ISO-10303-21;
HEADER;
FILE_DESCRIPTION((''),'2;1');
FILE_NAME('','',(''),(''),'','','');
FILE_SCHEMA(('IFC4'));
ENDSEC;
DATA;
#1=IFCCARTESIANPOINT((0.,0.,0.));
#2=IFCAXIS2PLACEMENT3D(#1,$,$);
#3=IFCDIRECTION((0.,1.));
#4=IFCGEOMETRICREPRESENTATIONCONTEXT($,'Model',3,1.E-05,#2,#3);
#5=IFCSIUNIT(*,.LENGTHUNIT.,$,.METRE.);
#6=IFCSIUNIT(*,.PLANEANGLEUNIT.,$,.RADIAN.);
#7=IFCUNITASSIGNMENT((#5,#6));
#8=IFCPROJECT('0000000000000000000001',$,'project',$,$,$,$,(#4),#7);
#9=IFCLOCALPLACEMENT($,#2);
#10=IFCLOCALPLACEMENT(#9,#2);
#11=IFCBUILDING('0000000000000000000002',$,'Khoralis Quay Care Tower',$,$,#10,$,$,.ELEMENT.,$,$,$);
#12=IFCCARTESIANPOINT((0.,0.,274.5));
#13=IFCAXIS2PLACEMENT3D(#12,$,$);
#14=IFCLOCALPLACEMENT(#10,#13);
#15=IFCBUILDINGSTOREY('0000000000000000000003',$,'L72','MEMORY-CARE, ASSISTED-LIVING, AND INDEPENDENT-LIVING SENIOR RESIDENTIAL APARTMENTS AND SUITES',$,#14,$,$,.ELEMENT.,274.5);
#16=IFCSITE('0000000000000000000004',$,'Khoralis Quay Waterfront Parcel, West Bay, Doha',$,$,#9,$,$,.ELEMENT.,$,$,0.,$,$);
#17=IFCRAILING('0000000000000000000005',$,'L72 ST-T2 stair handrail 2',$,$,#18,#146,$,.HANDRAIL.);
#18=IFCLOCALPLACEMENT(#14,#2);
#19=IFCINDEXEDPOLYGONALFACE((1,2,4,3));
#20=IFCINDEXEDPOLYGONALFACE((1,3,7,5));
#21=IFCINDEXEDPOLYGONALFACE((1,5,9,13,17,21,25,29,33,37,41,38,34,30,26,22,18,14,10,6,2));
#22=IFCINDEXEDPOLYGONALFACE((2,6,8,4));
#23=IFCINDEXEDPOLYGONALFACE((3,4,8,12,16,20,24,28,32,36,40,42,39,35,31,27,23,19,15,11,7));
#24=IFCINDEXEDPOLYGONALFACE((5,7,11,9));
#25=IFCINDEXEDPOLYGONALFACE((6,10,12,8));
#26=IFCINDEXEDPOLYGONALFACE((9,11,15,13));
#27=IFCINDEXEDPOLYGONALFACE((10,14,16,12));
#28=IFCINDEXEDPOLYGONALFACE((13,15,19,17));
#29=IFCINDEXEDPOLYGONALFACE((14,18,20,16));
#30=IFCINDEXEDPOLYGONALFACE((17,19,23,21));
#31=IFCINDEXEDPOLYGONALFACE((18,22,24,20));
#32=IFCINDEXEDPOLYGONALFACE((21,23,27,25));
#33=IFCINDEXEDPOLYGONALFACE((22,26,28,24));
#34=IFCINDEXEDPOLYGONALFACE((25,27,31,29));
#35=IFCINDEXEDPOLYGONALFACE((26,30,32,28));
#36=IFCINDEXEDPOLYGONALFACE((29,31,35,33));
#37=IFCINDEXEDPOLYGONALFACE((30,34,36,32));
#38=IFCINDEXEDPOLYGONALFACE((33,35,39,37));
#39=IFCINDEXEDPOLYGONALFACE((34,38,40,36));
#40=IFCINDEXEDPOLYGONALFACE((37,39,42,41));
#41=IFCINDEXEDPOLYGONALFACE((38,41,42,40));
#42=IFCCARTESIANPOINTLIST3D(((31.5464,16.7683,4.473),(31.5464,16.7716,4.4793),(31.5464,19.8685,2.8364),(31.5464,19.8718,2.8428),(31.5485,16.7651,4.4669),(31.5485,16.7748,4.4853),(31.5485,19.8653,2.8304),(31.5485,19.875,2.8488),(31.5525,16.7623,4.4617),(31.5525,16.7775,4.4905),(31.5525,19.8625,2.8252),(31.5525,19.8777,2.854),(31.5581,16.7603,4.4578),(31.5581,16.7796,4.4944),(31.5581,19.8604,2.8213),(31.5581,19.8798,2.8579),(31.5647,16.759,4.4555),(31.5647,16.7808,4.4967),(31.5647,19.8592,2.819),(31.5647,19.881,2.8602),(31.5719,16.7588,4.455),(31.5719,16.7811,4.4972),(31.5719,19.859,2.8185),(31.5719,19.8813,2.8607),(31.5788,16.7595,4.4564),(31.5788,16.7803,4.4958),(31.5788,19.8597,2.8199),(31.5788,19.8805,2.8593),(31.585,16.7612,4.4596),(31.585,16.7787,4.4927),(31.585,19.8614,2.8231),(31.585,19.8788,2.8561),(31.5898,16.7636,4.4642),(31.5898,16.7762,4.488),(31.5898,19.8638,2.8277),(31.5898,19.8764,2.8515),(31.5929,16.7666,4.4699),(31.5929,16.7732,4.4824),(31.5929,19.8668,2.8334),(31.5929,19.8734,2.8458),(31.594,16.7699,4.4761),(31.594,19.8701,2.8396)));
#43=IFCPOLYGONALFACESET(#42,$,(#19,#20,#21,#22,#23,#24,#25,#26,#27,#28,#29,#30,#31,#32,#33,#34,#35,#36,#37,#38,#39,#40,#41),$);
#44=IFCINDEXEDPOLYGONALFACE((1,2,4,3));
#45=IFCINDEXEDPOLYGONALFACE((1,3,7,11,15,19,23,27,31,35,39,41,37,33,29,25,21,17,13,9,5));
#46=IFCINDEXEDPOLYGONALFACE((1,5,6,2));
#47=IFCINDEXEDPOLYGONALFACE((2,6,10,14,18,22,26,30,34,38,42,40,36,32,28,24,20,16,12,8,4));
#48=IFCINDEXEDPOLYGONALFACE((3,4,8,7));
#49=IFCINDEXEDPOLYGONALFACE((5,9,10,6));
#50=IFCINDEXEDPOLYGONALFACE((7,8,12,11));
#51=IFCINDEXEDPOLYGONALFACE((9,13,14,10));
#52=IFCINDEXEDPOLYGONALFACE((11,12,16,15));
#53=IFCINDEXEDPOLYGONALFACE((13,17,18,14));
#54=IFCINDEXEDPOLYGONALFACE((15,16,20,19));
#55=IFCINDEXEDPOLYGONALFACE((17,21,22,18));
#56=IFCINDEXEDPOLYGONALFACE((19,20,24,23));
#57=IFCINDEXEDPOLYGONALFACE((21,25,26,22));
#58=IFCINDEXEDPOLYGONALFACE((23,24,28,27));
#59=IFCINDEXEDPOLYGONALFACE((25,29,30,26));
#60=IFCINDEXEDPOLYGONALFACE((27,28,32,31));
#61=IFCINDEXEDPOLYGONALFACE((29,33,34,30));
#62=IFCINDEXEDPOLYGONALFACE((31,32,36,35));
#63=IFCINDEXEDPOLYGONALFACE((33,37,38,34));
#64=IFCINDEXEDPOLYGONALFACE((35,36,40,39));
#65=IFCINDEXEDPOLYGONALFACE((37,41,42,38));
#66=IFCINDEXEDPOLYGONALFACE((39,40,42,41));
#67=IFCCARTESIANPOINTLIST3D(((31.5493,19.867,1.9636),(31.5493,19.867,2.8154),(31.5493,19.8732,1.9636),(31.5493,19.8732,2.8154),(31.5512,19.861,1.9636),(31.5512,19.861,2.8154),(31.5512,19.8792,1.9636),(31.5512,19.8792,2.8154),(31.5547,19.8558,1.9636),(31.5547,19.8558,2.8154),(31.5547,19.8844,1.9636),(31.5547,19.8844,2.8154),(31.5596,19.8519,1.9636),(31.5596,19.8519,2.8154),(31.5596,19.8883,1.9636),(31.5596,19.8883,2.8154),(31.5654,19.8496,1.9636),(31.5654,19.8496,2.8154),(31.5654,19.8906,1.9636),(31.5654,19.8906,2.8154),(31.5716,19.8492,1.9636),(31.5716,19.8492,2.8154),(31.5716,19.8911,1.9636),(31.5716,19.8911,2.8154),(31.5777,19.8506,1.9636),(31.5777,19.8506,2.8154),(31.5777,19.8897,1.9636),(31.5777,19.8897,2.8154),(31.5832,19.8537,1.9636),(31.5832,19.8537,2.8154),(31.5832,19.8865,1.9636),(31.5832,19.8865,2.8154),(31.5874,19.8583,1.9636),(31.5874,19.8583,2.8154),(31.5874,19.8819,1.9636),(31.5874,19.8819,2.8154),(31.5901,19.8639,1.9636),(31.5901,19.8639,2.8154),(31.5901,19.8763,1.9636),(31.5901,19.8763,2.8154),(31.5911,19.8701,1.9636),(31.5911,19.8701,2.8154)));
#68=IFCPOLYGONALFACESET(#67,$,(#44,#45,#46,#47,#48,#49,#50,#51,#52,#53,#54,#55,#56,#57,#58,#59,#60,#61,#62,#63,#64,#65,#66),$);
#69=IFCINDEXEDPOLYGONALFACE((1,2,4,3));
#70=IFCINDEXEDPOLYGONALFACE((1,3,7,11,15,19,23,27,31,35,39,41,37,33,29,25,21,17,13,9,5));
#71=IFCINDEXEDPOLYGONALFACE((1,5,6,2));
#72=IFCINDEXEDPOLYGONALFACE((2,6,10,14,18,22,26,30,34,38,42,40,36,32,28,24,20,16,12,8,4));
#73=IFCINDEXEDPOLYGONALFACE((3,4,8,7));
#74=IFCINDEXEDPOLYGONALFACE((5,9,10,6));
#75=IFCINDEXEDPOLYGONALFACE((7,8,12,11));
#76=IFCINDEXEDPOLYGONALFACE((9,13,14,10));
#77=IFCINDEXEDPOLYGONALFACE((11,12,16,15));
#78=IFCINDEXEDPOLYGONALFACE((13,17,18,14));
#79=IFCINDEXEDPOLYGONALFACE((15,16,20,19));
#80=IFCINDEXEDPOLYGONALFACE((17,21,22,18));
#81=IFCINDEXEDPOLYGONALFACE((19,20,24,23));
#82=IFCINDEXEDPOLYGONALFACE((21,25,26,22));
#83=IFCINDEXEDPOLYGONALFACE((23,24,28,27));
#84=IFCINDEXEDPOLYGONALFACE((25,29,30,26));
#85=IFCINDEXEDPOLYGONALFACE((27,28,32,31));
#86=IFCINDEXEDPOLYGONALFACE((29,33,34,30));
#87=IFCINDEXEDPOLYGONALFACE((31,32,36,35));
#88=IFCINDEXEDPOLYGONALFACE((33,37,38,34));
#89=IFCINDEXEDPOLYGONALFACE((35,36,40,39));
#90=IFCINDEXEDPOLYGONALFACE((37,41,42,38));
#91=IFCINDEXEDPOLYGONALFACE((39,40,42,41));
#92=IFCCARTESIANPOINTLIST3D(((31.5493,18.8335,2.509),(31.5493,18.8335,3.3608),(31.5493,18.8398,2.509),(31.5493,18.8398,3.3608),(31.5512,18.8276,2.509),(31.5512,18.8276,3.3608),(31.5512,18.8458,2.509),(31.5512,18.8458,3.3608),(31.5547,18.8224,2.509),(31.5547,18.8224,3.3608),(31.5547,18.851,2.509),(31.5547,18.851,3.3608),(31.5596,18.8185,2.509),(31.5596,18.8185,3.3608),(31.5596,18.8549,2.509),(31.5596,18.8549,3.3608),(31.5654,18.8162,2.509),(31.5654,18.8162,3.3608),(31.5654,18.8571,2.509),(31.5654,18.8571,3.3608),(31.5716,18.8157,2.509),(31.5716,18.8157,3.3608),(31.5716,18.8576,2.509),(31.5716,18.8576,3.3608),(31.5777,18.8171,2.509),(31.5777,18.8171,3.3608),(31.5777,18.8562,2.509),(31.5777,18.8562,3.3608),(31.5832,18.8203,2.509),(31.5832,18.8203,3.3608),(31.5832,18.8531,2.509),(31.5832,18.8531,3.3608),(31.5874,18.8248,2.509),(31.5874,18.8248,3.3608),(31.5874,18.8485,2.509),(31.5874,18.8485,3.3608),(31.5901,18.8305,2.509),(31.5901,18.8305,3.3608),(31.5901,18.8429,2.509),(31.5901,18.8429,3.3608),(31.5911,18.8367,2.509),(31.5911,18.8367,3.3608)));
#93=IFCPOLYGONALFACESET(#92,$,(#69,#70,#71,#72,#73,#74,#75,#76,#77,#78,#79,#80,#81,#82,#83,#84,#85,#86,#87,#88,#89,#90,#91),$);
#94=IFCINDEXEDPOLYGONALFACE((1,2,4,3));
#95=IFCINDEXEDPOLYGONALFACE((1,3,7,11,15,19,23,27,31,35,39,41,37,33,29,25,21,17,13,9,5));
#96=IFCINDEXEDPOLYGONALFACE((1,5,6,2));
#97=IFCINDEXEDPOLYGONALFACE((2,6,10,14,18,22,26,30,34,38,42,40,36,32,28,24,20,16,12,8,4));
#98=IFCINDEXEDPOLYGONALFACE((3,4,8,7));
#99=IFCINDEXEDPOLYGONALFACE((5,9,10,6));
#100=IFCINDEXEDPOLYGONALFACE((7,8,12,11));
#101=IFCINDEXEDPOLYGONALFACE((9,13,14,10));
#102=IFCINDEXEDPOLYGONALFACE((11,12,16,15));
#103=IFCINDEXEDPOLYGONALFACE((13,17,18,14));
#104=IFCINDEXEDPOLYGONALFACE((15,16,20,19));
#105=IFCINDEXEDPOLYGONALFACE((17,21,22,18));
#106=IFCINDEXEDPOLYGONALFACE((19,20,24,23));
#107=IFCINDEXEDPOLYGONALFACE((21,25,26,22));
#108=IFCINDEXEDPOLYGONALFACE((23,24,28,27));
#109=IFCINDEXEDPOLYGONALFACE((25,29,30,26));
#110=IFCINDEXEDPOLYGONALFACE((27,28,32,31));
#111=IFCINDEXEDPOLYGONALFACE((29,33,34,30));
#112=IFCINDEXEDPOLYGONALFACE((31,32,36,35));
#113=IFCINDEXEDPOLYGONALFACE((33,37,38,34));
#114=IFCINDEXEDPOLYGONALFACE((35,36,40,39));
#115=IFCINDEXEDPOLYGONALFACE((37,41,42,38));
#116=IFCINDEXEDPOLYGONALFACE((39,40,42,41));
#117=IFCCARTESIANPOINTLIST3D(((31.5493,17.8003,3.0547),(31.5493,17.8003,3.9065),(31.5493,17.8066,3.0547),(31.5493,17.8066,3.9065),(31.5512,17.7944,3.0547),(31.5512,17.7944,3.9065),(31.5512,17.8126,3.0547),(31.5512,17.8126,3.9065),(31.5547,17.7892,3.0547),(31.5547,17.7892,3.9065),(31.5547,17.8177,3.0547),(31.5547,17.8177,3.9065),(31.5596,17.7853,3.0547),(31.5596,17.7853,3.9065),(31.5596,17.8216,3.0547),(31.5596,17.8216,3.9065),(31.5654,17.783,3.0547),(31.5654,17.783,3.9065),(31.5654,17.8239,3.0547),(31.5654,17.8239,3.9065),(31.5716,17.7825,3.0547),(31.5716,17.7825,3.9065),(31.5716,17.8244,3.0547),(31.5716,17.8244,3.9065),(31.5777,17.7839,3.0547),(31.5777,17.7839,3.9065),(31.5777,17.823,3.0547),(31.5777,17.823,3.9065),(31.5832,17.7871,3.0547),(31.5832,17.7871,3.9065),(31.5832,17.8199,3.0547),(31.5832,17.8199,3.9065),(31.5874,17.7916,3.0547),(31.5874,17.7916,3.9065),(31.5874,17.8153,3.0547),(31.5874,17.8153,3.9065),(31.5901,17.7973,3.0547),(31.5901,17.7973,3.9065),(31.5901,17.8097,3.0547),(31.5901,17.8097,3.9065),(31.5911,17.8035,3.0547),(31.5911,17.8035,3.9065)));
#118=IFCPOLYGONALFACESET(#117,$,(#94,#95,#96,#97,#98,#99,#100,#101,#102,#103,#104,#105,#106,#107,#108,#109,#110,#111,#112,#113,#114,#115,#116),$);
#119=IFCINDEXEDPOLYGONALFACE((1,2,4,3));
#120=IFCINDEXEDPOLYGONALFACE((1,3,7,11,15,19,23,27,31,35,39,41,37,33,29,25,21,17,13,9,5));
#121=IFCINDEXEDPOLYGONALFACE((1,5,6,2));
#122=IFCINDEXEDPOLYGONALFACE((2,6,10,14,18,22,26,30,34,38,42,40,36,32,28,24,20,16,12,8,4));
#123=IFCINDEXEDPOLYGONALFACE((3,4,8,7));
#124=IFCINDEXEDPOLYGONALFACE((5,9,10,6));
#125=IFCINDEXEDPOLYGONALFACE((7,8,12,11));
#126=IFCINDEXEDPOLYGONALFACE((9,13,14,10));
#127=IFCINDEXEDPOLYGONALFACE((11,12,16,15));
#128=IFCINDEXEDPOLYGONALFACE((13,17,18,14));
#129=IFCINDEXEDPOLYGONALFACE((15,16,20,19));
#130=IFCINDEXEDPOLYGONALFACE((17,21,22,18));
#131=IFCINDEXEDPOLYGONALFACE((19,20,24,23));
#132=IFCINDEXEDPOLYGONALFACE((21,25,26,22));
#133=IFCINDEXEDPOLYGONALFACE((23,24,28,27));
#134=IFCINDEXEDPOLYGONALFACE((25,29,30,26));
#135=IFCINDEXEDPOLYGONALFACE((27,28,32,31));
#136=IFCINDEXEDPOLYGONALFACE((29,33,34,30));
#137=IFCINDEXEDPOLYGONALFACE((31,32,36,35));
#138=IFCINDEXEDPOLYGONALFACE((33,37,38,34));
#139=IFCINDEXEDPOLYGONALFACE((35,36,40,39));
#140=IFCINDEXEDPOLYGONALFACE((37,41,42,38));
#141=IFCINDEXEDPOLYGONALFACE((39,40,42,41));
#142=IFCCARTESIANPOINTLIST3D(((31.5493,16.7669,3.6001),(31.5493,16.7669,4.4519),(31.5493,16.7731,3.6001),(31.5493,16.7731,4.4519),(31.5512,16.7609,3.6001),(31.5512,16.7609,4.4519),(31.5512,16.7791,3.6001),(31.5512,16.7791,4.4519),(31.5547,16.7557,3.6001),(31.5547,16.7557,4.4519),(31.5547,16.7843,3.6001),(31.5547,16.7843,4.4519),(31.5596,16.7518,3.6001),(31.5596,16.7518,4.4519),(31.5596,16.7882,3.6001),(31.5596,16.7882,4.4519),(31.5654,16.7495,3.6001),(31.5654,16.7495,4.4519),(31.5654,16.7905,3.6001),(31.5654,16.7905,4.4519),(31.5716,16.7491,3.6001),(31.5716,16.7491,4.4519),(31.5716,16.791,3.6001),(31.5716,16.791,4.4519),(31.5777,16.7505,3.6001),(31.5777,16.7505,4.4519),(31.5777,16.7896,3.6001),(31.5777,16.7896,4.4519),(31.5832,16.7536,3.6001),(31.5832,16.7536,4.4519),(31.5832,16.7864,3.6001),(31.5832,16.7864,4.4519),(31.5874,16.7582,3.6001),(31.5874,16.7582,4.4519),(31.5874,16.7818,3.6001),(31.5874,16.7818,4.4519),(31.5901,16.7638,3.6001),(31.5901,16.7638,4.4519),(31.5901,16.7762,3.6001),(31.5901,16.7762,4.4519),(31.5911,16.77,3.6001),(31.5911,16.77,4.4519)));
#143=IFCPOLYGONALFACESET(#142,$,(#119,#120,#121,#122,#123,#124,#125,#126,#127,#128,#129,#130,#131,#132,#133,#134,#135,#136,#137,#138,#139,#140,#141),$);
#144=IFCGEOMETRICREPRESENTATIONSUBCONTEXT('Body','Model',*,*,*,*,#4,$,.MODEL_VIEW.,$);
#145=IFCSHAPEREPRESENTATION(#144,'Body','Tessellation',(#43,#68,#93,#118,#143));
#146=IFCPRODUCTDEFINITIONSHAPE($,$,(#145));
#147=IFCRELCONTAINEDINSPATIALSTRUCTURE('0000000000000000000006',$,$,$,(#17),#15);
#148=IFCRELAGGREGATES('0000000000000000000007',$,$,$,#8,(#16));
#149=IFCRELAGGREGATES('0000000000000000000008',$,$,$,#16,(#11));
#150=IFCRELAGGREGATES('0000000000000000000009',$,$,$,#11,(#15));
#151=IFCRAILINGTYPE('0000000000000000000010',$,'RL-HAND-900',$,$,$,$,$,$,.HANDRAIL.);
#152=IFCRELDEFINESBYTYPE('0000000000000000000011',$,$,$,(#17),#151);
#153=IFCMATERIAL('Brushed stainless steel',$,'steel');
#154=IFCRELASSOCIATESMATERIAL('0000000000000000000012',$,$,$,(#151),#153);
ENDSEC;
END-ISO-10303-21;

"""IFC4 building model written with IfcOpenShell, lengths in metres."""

from ifc_helpers import new_model, si_unit, direction, frame, origin, origin_2d, place, context, subcontext, project, spatial, circle, extrude, material, type_object, element, save


model = new_model("IFC4")

# Units and contexts
model_context = context("Model", 3, precision=1e-05, world=origin(), true_north=direction((0.0, 1.0)))
body_context = subcontext(model_context, "Body", "Model", "MODEL_VIEW")
ifc_project = project(units=[si_unit("LENGTHUNIT", "METRE"), si_unit("PLANEANGLEUNIT", "RADIAN")], contexts=[model_context])

# Site, building, storey
site_placement = place(None, origin())
site = spatial("IfcSite", under=ifc_project, at=site_placement, Name="Khoralis Quay Waterfront Parcel, West Bay, Doha", CompositionType="ELEMENT", RefElevation=0.0)
building_placement = place(site_placement, origin())
building = spatial("IfcBuilding", under=site, at=building_placement, Name="Khoralis Quay Care Tower", CompositionType="ELEMENT")
storey_placement = place(building_placement, frame((0.0, 0.0, 274.5)))
storey = spatial("IfcBuildingStorey", under=building, at=storey_placement, Name="L72", Description="MEMORY-CARE, ASSISTED-LIVING, AND INDEPENDENT-LIVING SENIOR RESIDENTIAL APARTMENTS AND SUITES", CompositionType="ELEMENT", Elevation=274.5)

# Shared definitions
ifc_material_1 = material(Name="Brushed stainless steel", Category="steel")

# Railing
railing_type_1 = type_object("IfcRailingType", Name="RL-HAND-900", PredefinedType="HANDRAIL", material=ifc_material_1)
railing_1_placement = place(storey_placement, frame((31.5701, 19.8701, 1.9636)))
element("IfcRailing", 1, at=railing_1_placement, inside=storey, type_object=railing_type_1, Name="L72 ST-T2 stair handrail 2", PredefinedType="HANDRAIL", context=body_context, shape_type="SweptSolid", body=[
    extrude(circle(Radius=0.0239, at=origin_2d()), frame((0.0, 0.0, 0.876), z_axis=(0.0, -0.884348, 0.466828), x_axis=(1.0, 0.0, 0.0)), (0.0, 0.0, 1.0), 3.5056),
    extrude(circle(Radius=0.021, at=origin_2d()), origin(), (0.0, 0.0, 1.0), 0.8518),
    extrude(circle(Radius=0.021, at=origin_2d()), frame((0.0, -1.0334, 0.5454)), (0.0, 0.0, 1.0), 0.8518),
    extrude(circle(Radius=0.021, at=origin_2d()), frame((0.0, -2.0667, 1.0911)), (0.0, 0.0, 1.0), 0.8518),
    extrude(circle(Radius=0.021, at=origin_2d()), frame((0.0, -3.1001, 1.6365)), (0.0, 0.0, 1.0), 0.8518),
])

save(model, "model.ifc")
